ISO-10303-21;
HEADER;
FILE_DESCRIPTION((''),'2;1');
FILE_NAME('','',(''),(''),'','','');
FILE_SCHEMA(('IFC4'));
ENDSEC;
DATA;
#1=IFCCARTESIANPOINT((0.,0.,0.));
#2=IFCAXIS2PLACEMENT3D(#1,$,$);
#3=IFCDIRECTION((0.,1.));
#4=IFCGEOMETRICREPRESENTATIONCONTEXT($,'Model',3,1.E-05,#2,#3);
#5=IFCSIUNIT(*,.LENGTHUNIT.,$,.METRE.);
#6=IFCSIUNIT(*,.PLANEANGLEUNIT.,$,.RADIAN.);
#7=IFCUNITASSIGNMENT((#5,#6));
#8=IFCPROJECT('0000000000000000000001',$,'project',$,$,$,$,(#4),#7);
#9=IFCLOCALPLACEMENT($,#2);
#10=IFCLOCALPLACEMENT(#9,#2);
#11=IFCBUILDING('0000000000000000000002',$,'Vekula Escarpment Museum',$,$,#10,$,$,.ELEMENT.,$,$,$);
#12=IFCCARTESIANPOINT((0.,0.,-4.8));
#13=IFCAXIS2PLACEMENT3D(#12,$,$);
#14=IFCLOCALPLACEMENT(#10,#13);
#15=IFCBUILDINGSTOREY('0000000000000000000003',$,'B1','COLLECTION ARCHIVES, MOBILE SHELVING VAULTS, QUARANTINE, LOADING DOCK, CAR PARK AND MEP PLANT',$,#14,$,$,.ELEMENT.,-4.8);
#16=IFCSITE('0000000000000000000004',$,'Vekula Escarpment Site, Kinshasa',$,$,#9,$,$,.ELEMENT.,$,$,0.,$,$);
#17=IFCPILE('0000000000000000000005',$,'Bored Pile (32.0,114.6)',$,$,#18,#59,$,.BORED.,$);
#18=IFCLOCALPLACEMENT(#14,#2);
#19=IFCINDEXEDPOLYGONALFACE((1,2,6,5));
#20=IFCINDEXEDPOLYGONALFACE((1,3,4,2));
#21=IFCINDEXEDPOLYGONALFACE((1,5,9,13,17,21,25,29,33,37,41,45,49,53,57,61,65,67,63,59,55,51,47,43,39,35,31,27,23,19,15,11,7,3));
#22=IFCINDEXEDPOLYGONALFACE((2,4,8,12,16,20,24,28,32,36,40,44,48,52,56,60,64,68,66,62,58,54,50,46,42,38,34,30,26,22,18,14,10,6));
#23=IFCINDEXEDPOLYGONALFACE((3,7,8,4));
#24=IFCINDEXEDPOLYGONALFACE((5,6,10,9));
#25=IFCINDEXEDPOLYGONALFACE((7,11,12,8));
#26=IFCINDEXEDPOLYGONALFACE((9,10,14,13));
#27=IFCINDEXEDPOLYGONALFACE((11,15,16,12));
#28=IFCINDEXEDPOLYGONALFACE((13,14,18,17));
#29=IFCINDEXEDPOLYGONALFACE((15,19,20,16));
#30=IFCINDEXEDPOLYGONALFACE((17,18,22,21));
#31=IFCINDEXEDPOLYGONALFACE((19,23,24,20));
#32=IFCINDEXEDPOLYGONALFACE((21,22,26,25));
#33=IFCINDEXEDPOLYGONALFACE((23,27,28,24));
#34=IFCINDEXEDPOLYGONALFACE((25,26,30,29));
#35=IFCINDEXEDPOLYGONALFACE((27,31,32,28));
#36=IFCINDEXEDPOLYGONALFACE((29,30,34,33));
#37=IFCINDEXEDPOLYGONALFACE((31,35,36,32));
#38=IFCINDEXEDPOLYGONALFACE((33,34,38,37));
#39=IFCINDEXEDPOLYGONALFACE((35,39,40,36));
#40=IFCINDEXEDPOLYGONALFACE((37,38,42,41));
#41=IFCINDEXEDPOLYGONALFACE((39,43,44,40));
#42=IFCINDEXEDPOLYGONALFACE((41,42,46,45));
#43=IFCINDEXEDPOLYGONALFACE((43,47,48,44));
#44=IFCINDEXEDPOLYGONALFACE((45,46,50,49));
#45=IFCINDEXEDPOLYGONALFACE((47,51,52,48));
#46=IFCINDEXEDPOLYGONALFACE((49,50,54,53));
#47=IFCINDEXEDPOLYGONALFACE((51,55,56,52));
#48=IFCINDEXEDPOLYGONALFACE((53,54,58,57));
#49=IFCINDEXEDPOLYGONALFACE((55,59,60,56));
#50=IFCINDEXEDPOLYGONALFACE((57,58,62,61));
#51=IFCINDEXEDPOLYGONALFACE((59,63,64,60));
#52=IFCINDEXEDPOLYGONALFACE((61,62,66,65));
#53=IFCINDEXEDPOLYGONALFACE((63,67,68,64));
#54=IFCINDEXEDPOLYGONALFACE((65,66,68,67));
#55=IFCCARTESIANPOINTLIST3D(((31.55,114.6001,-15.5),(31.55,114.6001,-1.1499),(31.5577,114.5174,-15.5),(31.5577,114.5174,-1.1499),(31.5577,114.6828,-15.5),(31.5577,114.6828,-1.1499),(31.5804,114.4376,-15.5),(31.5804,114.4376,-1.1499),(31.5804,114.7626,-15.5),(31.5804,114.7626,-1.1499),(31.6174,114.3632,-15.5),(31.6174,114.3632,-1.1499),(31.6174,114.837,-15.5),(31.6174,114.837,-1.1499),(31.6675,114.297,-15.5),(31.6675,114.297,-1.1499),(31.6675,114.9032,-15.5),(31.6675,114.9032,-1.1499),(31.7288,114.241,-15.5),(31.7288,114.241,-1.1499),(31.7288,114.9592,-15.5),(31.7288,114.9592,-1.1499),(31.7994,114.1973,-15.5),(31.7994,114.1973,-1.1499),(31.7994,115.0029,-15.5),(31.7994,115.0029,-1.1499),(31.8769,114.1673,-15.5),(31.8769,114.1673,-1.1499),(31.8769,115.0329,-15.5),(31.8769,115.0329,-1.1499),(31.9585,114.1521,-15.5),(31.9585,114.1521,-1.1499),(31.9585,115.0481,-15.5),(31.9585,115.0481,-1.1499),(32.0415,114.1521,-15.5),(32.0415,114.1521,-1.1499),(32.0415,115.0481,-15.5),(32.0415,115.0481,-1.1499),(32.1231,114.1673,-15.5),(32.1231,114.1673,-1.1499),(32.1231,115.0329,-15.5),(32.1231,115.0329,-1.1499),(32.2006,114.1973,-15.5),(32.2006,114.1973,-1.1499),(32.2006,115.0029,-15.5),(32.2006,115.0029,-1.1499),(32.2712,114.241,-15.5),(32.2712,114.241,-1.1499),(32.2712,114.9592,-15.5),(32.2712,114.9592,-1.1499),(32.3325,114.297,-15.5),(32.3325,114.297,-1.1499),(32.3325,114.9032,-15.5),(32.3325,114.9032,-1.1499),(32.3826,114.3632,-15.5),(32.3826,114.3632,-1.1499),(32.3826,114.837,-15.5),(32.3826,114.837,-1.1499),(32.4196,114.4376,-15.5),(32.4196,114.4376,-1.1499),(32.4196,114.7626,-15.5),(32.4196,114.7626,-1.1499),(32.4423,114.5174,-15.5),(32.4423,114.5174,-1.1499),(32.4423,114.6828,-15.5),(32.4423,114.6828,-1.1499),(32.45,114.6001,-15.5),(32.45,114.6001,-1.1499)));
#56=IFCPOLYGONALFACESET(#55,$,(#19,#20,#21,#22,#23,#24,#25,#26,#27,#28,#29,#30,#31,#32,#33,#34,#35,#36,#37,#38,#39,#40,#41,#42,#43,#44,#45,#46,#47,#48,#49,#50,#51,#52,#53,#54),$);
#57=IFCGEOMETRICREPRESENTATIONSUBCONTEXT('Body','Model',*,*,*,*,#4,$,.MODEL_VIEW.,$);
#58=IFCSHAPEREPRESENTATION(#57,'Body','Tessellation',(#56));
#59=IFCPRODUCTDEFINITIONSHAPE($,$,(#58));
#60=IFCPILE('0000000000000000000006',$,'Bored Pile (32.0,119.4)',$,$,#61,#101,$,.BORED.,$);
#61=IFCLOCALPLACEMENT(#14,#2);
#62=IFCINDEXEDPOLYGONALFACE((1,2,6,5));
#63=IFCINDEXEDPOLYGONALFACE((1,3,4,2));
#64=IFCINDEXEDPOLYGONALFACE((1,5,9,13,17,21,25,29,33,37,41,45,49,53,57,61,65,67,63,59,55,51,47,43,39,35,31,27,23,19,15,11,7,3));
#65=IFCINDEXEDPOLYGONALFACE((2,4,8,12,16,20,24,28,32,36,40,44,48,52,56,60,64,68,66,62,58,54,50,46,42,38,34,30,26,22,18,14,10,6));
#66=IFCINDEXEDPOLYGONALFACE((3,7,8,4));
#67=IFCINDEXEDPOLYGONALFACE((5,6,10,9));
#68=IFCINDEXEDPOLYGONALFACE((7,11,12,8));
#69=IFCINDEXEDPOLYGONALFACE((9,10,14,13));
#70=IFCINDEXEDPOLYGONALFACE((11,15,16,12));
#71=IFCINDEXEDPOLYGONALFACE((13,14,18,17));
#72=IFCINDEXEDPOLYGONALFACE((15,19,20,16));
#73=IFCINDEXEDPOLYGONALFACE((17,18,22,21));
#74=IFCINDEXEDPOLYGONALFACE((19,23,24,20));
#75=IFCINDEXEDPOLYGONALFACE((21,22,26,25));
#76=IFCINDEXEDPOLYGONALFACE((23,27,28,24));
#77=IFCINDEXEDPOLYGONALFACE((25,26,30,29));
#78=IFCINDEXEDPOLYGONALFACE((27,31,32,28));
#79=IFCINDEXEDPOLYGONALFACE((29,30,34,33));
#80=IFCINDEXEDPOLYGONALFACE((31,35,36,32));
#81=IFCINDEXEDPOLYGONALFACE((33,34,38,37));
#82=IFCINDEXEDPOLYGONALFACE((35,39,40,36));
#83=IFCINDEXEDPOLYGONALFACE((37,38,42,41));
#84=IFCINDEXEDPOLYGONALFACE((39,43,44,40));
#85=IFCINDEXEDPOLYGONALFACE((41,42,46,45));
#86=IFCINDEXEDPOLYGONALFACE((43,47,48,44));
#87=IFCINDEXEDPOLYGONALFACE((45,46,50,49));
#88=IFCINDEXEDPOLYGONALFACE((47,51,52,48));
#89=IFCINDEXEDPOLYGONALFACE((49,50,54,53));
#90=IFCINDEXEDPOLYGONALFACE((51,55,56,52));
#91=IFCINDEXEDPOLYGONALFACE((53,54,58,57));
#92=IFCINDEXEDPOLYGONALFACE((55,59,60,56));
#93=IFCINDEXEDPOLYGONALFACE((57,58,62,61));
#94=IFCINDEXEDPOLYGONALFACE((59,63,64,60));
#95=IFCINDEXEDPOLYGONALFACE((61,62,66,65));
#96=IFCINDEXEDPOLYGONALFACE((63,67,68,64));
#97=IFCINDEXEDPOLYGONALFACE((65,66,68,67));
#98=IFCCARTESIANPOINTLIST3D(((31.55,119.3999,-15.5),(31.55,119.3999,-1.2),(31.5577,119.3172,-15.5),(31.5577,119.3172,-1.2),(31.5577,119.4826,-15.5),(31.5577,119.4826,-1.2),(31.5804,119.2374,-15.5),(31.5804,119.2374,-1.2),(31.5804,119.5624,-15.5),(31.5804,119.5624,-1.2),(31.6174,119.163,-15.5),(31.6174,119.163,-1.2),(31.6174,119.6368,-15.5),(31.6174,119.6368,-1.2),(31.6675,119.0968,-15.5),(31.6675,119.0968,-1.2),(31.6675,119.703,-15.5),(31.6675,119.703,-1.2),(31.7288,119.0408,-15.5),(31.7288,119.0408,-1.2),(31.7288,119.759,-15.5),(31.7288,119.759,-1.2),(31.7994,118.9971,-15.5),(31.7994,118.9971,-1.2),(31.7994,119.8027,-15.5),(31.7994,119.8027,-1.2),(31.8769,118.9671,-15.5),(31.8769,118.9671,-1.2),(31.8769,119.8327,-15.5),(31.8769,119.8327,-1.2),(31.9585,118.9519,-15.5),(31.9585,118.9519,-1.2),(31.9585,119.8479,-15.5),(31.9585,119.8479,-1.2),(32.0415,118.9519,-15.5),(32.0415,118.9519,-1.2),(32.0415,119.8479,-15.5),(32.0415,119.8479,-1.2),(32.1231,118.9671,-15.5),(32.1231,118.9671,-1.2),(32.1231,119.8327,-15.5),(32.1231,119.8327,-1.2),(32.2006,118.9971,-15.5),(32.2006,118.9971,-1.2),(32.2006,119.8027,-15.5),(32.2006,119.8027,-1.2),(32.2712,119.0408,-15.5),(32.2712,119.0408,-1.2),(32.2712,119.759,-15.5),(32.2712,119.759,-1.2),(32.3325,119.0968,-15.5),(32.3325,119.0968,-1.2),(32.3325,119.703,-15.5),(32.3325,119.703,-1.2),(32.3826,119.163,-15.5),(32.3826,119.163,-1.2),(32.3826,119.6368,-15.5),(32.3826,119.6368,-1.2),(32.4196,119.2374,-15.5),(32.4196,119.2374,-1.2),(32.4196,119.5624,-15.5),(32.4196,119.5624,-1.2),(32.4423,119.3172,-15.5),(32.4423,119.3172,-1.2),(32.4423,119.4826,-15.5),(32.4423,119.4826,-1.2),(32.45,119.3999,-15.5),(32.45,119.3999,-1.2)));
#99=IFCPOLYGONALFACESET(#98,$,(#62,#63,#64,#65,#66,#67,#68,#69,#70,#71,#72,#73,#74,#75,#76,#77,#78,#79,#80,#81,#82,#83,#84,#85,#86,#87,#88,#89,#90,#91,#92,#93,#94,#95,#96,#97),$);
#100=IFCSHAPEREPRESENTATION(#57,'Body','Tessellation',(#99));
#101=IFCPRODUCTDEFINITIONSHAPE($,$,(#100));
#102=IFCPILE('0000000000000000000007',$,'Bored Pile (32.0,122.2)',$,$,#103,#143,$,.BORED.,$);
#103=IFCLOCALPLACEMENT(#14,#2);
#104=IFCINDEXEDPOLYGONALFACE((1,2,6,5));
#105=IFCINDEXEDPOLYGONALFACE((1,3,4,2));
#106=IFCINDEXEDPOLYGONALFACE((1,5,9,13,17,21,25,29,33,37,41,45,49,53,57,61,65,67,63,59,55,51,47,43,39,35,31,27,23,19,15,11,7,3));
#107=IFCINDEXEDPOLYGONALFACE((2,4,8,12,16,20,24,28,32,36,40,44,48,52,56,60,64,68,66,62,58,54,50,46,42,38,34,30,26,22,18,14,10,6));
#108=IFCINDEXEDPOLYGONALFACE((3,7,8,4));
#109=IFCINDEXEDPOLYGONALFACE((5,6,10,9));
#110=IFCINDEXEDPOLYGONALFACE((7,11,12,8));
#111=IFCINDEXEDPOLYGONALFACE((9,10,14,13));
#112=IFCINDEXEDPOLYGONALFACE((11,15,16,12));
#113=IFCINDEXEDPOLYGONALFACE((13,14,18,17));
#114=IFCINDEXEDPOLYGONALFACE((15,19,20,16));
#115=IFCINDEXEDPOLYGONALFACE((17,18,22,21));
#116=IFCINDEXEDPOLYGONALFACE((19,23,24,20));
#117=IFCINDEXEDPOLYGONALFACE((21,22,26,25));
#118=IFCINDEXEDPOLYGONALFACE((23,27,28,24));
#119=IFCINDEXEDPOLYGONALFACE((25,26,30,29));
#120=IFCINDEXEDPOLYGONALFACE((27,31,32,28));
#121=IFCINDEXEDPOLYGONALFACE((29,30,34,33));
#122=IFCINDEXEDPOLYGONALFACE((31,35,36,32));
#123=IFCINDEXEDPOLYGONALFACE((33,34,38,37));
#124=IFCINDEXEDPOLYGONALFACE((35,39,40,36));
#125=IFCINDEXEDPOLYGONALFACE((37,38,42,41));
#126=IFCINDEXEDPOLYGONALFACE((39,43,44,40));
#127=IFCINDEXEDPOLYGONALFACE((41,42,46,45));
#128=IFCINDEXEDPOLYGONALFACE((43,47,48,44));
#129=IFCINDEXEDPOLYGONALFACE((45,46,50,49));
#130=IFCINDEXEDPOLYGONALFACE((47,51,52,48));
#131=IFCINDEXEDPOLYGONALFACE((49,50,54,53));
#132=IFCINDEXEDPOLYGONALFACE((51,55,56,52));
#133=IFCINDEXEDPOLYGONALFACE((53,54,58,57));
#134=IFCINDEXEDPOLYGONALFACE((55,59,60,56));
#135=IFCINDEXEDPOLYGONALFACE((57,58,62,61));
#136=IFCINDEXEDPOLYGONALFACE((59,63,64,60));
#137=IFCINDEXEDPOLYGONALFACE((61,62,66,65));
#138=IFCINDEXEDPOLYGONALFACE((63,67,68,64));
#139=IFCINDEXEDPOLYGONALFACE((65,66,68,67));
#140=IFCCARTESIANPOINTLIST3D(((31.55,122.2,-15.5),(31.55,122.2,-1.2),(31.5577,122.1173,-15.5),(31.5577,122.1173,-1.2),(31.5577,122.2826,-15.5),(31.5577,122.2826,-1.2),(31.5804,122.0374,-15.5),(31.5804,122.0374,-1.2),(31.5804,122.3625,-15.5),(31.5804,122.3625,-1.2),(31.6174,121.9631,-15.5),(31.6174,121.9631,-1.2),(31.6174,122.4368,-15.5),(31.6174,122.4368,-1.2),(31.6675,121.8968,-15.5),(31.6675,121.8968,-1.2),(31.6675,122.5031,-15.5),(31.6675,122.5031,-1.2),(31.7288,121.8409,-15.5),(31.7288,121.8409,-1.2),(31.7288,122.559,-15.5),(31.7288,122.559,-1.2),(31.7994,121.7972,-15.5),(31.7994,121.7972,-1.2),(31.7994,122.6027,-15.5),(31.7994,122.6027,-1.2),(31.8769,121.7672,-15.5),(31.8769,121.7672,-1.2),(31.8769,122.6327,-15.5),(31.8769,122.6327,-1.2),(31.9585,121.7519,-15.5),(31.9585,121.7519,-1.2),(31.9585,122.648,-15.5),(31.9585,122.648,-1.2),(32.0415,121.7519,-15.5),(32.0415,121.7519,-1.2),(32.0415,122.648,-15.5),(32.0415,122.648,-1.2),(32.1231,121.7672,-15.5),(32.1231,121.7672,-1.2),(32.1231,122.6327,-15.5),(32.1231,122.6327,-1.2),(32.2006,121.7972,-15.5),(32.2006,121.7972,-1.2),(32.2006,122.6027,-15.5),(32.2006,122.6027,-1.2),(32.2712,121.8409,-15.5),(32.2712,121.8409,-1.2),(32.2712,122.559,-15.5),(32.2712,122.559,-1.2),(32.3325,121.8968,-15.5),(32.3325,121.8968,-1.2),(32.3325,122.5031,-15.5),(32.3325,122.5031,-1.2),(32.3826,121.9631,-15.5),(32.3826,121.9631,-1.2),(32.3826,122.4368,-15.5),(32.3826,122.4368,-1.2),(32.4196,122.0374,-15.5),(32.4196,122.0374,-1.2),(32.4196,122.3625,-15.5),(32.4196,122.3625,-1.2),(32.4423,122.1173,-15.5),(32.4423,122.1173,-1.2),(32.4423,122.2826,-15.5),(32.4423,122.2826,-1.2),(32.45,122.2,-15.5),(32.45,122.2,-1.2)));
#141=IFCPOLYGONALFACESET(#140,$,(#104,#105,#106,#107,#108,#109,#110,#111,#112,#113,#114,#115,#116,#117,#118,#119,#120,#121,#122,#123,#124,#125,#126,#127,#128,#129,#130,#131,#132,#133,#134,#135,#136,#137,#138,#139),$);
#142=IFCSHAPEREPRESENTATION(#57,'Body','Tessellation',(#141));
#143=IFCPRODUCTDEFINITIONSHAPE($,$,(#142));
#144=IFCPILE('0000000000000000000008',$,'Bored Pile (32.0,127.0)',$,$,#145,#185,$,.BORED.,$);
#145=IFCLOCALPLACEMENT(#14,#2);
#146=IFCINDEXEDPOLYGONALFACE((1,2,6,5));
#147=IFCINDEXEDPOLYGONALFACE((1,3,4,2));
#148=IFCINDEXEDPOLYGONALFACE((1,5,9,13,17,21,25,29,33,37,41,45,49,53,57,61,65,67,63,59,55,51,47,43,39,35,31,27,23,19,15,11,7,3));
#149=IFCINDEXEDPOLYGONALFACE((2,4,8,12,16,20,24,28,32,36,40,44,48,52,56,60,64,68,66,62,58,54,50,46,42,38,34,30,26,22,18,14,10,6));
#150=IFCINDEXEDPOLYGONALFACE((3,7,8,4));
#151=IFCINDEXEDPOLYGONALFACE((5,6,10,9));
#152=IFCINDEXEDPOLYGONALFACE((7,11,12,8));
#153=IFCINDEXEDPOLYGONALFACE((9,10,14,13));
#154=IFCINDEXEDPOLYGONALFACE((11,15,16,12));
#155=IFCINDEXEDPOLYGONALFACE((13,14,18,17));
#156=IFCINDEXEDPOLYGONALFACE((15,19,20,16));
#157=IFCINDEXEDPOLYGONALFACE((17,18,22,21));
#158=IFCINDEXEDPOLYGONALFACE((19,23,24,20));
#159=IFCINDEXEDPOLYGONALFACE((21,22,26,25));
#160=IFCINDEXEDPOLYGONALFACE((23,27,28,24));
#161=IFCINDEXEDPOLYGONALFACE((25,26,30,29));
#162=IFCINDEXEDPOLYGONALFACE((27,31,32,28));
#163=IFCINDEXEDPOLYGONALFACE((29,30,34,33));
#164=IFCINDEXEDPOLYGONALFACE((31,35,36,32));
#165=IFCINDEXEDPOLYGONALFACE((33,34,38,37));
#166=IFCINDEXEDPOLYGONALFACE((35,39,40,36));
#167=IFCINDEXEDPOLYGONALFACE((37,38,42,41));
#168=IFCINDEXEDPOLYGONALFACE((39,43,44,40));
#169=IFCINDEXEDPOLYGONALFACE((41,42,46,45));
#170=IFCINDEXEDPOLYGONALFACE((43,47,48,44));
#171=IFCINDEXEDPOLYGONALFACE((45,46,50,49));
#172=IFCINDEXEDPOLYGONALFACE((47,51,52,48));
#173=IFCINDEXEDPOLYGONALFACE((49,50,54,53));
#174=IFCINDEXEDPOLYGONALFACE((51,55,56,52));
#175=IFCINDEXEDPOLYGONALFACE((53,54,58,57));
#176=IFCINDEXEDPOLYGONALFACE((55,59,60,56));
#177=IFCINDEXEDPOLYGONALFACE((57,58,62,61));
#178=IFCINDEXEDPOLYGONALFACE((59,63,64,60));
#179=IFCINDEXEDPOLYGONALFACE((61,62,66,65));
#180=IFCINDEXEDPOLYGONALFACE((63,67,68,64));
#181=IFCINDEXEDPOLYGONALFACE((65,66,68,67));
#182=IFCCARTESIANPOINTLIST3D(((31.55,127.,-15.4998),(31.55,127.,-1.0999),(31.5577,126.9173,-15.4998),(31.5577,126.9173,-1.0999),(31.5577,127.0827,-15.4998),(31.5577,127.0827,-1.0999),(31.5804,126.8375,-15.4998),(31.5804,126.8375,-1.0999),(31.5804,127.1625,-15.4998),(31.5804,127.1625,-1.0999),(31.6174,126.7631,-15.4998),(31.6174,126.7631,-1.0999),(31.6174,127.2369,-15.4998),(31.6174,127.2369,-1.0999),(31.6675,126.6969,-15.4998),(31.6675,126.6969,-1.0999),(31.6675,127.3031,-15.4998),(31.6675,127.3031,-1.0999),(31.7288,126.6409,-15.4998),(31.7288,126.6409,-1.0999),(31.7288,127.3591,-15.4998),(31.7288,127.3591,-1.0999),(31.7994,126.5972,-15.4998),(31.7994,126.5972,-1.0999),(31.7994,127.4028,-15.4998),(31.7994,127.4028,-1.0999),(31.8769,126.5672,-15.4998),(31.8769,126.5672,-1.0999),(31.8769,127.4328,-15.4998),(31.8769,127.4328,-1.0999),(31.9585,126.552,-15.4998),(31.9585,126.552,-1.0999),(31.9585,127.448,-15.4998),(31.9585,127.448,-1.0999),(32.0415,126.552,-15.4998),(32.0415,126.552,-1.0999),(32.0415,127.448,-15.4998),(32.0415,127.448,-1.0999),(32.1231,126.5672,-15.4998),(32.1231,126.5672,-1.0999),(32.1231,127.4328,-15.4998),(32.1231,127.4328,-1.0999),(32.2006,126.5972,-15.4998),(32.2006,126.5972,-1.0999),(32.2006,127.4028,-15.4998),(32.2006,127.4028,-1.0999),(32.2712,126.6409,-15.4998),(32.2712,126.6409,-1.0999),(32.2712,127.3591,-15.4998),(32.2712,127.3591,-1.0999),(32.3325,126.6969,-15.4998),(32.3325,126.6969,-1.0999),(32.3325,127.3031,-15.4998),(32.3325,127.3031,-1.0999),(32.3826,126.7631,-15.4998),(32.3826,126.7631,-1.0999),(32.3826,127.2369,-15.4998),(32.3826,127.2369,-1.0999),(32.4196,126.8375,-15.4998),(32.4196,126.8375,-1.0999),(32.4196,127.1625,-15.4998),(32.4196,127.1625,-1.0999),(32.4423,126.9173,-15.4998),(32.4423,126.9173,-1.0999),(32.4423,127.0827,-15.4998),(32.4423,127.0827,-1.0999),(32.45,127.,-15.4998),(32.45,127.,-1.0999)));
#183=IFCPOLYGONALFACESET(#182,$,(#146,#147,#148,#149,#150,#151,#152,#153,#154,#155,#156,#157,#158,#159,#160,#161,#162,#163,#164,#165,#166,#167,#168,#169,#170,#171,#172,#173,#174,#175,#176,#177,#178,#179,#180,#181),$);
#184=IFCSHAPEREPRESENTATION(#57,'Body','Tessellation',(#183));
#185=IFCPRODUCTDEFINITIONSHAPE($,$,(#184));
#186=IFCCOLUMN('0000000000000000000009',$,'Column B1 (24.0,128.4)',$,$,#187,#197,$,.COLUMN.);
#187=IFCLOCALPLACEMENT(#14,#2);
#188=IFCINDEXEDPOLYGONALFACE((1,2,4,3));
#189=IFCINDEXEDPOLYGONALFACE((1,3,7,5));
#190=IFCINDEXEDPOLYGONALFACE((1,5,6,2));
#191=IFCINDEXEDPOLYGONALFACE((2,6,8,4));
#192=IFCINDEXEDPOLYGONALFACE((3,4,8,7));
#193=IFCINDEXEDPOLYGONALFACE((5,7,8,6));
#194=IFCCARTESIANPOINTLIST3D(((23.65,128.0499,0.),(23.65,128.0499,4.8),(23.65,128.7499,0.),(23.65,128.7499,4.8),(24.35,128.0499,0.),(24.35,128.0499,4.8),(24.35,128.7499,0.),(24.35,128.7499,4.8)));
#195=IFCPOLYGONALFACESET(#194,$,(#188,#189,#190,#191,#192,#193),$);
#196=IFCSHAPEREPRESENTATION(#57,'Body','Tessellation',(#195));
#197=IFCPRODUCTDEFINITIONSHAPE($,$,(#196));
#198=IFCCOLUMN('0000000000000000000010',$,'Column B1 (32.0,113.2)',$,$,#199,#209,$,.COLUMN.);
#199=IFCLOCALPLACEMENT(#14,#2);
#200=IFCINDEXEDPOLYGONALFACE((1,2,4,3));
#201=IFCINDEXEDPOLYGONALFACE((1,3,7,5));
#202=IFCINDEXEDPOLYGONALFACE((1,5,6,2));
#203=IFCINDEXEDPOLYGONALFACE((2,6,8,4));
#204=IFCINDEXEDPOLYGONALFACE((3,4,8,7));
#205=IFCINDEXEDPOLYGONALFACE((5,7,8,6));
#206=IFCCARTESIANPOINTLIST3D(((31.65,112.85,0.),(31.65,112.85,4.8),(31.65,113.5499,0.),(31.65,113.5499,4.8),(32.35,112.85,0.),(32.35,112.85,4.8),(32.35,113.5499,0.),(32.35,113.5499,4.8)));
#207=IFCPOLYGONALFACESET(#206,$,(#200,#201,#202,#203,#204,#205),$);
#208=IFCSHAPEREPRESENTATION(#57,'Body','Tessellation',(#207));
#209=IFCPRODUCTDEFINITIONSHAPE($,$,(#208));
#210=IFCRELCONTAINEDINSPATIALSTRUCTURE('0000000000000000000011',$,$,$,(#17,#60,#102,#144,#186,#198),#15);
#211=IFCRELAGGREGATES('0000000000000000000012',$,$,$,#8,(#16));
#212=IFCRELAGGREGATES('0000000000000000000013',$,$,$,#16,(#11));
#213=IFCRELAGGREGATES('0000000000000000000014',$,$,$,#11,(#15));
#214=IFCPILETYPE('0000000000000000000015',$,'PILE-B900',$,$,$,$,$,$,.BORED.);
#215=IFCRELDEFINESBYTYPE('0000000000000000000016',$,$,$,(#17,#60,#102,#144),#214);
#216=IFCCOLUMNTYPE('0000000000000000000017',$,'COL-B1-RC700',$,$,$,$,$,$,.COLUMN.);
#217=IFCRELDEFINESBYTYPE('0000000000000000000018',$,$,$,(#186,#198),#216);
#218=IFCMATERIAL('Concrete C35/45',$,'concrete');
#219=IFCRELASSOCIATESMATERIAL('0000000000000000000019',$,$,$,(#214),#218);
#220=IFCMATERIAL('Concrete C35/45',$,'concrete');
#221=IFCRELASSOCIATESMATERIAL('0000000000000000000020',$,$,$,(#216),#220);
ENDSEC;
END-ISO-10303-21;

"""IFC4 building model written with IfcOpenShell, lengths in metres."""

from ifc_helpers import new_model, si_unit, direction, frame, origin, origin_2d, place, context, subcontext, project, spatial, rectangle, circle, extrude, material, material_profile, profile_set, type_object, element, save


model = new_model("IFC4")

# Units and contexts
model_context = context("Model", 3, precision=1e-05, world=origin(), true_north=direction((0.0, 1.0)))
body_context = subcontext(model_context, "Body", "Model", "MODEL_VIEW")
ifc_project = project(units=[si_unit("LENGTHUNIT", "METRE"), si_unit("PLANEANGLEUNIT", "RADIAN")], contexts=[model_context])

# Site, building, storey
site_placement = place(None, origin())
site = spatial("IfcSite", under=ifc_project, at=site_placement, Name="Vekula Escarpment Site, Kinshasa", CompositionType="ELEMENT", RefElevation=0.0)
building_placement = place(site_placement, origin())
building = spatial("IfcBuilding", under=site, at=building_placement, Name="Vekula Escarpment Museum", CompositionType="ELEMENT")
storey_placement = place(building_placement, frame((0.0, 0.0, -4.8)))
storey = spatial("IfcBuildingStorey", under=building, at=storey_placement, Name="B1", Description="COLLECTION ARCHIVES, MOBILE SHELVING VAULTS, QUARANTINE, LOADING DOCK, CAR PARK AND MEP PLANT", CompositionType="ELEMENT", Elevation=-4.8)

# Piles
ifc_material_1 = material(Name="Concrete C35/45", Category="concrete")
ifc_material_profile_1 = material_profile(ifc_material_1, circle(Radius=0.45, at=origin_2d()), Name="BORED PILE 900")
ifc_profile_set_1 = profile_set([ifc_material_profile_1], Name="Concrete C35/45")
pile_type = type_object("IfcPileType", Name="PILE-B900", PredefinedType="BORED", material=ifc_profile_set_1)
pile_1_placement = place(storey_placement, frame((32.0, 114.6001, -1.1499), z_axis=(0.0, 0.0, -1.0), x_axis=(1.0, 0.0, 0.0)))
element("IfcPile", 1, at=pile_1_placement, inside=storey, type_object=pile_type, Name="Bored Pile (32.0,114.6)", PredefinedType="BORED", context=body_context, shape_type="SweptSolid", body=[
    extrude(circle(Radius=0.45, at=origin_2d()), origin(), (0.0, 0.0, 1.0), 14.3501),
])
for number, where, z_axis, x_axis, name in (
    (2, (32.0, 119.3999, -1.2), (0.0, 0.0, -1.0), (1.0, 0.0, 0.0), "Bored Pile (32.0,119.4)"),
    (3, (32.0, 122.2, -1.2), (0.0, 0.0, -1.0), (1.0, 0.0, 0.0), "Bored Pile (32.0,122.2)"),
):
    element("IfcPile", number, at=place(storey_placement, frame(where, z_axis=z_axis, x_axis=x_axis)), inside=storey, type_object=pile_type, Name=name, PredefinedType="BORED", context=body_context, shape_type="SweptSolid", body=[
        extrude(circle(Radius=0.45, at=origin_2d()), origin(), (0.0, 0.0, 1.0), 14.3),
    ])
pile_2_placement = place(storey_placement, frame((32.0, 127.0, -1.0999), z_axis=(0.0, 0.0, -1.0), x_axis=(1.0, 0.0, 0.0)))
element("IfcPile", 4, at=pile_2_placement, inside=storey, type_object=pile_type, Name="Bored Pile (32.0,127.0)", PredefinedType="BORED", context=body_context, shape_type="SweptSolid", body=[
    extrude(circle(Radius=0.45, at=origin_2d()), origin(), (0.0, 0.0, 1.0), 14.3999),
])

# Columns
ifc_material_2 = material(Name="Concrete C35/45", Category="concrete")
ifc_material_profile_2 = material_profile(ifc_material_2, rectangle(XDim=0.7, YDim=0.7, at=origin_2d()), Name="RC 700x700")
ifc_profile_set_2 = profile_set([ifc_material_profile_2], Name="Concrete C35/45")
column_type = type_object("IfcColumnType", Name="COL-B1-RC700", PredefinedType="COLUMN", material=ifc_profile_set_2)
for number, where, z_axis, x_axis, name in (
    (5, (24.0, 128.3999, 0.0), (0.0, 0.0, 1.0), (1.0, 0.0, 0.0), "Column B1 (24.0,128.4)"),
    (6, (32.0, 113.2, 0.0), (0.0, 0.0, 1.0), (1.0, 0.0, 0.0), "Column B1 (32.0,113.2)"),
):
    element("IfcColumn", number, at=place(storey_placement, frame(where, z_axis=z_axis, x_axis=x_axis)), inside=storey, type_object=column_type, Name=name, PredefinedType="COLUMN", context=body_context, shape_type="SweptSolid", body=[
        extrude(rectangle(XDim=0.7, YDim=0.7, at=origin_2d()), origin(), (0.0, 0.0, 1.0), 4.8),
    ])

save(model, "model.ifc")
